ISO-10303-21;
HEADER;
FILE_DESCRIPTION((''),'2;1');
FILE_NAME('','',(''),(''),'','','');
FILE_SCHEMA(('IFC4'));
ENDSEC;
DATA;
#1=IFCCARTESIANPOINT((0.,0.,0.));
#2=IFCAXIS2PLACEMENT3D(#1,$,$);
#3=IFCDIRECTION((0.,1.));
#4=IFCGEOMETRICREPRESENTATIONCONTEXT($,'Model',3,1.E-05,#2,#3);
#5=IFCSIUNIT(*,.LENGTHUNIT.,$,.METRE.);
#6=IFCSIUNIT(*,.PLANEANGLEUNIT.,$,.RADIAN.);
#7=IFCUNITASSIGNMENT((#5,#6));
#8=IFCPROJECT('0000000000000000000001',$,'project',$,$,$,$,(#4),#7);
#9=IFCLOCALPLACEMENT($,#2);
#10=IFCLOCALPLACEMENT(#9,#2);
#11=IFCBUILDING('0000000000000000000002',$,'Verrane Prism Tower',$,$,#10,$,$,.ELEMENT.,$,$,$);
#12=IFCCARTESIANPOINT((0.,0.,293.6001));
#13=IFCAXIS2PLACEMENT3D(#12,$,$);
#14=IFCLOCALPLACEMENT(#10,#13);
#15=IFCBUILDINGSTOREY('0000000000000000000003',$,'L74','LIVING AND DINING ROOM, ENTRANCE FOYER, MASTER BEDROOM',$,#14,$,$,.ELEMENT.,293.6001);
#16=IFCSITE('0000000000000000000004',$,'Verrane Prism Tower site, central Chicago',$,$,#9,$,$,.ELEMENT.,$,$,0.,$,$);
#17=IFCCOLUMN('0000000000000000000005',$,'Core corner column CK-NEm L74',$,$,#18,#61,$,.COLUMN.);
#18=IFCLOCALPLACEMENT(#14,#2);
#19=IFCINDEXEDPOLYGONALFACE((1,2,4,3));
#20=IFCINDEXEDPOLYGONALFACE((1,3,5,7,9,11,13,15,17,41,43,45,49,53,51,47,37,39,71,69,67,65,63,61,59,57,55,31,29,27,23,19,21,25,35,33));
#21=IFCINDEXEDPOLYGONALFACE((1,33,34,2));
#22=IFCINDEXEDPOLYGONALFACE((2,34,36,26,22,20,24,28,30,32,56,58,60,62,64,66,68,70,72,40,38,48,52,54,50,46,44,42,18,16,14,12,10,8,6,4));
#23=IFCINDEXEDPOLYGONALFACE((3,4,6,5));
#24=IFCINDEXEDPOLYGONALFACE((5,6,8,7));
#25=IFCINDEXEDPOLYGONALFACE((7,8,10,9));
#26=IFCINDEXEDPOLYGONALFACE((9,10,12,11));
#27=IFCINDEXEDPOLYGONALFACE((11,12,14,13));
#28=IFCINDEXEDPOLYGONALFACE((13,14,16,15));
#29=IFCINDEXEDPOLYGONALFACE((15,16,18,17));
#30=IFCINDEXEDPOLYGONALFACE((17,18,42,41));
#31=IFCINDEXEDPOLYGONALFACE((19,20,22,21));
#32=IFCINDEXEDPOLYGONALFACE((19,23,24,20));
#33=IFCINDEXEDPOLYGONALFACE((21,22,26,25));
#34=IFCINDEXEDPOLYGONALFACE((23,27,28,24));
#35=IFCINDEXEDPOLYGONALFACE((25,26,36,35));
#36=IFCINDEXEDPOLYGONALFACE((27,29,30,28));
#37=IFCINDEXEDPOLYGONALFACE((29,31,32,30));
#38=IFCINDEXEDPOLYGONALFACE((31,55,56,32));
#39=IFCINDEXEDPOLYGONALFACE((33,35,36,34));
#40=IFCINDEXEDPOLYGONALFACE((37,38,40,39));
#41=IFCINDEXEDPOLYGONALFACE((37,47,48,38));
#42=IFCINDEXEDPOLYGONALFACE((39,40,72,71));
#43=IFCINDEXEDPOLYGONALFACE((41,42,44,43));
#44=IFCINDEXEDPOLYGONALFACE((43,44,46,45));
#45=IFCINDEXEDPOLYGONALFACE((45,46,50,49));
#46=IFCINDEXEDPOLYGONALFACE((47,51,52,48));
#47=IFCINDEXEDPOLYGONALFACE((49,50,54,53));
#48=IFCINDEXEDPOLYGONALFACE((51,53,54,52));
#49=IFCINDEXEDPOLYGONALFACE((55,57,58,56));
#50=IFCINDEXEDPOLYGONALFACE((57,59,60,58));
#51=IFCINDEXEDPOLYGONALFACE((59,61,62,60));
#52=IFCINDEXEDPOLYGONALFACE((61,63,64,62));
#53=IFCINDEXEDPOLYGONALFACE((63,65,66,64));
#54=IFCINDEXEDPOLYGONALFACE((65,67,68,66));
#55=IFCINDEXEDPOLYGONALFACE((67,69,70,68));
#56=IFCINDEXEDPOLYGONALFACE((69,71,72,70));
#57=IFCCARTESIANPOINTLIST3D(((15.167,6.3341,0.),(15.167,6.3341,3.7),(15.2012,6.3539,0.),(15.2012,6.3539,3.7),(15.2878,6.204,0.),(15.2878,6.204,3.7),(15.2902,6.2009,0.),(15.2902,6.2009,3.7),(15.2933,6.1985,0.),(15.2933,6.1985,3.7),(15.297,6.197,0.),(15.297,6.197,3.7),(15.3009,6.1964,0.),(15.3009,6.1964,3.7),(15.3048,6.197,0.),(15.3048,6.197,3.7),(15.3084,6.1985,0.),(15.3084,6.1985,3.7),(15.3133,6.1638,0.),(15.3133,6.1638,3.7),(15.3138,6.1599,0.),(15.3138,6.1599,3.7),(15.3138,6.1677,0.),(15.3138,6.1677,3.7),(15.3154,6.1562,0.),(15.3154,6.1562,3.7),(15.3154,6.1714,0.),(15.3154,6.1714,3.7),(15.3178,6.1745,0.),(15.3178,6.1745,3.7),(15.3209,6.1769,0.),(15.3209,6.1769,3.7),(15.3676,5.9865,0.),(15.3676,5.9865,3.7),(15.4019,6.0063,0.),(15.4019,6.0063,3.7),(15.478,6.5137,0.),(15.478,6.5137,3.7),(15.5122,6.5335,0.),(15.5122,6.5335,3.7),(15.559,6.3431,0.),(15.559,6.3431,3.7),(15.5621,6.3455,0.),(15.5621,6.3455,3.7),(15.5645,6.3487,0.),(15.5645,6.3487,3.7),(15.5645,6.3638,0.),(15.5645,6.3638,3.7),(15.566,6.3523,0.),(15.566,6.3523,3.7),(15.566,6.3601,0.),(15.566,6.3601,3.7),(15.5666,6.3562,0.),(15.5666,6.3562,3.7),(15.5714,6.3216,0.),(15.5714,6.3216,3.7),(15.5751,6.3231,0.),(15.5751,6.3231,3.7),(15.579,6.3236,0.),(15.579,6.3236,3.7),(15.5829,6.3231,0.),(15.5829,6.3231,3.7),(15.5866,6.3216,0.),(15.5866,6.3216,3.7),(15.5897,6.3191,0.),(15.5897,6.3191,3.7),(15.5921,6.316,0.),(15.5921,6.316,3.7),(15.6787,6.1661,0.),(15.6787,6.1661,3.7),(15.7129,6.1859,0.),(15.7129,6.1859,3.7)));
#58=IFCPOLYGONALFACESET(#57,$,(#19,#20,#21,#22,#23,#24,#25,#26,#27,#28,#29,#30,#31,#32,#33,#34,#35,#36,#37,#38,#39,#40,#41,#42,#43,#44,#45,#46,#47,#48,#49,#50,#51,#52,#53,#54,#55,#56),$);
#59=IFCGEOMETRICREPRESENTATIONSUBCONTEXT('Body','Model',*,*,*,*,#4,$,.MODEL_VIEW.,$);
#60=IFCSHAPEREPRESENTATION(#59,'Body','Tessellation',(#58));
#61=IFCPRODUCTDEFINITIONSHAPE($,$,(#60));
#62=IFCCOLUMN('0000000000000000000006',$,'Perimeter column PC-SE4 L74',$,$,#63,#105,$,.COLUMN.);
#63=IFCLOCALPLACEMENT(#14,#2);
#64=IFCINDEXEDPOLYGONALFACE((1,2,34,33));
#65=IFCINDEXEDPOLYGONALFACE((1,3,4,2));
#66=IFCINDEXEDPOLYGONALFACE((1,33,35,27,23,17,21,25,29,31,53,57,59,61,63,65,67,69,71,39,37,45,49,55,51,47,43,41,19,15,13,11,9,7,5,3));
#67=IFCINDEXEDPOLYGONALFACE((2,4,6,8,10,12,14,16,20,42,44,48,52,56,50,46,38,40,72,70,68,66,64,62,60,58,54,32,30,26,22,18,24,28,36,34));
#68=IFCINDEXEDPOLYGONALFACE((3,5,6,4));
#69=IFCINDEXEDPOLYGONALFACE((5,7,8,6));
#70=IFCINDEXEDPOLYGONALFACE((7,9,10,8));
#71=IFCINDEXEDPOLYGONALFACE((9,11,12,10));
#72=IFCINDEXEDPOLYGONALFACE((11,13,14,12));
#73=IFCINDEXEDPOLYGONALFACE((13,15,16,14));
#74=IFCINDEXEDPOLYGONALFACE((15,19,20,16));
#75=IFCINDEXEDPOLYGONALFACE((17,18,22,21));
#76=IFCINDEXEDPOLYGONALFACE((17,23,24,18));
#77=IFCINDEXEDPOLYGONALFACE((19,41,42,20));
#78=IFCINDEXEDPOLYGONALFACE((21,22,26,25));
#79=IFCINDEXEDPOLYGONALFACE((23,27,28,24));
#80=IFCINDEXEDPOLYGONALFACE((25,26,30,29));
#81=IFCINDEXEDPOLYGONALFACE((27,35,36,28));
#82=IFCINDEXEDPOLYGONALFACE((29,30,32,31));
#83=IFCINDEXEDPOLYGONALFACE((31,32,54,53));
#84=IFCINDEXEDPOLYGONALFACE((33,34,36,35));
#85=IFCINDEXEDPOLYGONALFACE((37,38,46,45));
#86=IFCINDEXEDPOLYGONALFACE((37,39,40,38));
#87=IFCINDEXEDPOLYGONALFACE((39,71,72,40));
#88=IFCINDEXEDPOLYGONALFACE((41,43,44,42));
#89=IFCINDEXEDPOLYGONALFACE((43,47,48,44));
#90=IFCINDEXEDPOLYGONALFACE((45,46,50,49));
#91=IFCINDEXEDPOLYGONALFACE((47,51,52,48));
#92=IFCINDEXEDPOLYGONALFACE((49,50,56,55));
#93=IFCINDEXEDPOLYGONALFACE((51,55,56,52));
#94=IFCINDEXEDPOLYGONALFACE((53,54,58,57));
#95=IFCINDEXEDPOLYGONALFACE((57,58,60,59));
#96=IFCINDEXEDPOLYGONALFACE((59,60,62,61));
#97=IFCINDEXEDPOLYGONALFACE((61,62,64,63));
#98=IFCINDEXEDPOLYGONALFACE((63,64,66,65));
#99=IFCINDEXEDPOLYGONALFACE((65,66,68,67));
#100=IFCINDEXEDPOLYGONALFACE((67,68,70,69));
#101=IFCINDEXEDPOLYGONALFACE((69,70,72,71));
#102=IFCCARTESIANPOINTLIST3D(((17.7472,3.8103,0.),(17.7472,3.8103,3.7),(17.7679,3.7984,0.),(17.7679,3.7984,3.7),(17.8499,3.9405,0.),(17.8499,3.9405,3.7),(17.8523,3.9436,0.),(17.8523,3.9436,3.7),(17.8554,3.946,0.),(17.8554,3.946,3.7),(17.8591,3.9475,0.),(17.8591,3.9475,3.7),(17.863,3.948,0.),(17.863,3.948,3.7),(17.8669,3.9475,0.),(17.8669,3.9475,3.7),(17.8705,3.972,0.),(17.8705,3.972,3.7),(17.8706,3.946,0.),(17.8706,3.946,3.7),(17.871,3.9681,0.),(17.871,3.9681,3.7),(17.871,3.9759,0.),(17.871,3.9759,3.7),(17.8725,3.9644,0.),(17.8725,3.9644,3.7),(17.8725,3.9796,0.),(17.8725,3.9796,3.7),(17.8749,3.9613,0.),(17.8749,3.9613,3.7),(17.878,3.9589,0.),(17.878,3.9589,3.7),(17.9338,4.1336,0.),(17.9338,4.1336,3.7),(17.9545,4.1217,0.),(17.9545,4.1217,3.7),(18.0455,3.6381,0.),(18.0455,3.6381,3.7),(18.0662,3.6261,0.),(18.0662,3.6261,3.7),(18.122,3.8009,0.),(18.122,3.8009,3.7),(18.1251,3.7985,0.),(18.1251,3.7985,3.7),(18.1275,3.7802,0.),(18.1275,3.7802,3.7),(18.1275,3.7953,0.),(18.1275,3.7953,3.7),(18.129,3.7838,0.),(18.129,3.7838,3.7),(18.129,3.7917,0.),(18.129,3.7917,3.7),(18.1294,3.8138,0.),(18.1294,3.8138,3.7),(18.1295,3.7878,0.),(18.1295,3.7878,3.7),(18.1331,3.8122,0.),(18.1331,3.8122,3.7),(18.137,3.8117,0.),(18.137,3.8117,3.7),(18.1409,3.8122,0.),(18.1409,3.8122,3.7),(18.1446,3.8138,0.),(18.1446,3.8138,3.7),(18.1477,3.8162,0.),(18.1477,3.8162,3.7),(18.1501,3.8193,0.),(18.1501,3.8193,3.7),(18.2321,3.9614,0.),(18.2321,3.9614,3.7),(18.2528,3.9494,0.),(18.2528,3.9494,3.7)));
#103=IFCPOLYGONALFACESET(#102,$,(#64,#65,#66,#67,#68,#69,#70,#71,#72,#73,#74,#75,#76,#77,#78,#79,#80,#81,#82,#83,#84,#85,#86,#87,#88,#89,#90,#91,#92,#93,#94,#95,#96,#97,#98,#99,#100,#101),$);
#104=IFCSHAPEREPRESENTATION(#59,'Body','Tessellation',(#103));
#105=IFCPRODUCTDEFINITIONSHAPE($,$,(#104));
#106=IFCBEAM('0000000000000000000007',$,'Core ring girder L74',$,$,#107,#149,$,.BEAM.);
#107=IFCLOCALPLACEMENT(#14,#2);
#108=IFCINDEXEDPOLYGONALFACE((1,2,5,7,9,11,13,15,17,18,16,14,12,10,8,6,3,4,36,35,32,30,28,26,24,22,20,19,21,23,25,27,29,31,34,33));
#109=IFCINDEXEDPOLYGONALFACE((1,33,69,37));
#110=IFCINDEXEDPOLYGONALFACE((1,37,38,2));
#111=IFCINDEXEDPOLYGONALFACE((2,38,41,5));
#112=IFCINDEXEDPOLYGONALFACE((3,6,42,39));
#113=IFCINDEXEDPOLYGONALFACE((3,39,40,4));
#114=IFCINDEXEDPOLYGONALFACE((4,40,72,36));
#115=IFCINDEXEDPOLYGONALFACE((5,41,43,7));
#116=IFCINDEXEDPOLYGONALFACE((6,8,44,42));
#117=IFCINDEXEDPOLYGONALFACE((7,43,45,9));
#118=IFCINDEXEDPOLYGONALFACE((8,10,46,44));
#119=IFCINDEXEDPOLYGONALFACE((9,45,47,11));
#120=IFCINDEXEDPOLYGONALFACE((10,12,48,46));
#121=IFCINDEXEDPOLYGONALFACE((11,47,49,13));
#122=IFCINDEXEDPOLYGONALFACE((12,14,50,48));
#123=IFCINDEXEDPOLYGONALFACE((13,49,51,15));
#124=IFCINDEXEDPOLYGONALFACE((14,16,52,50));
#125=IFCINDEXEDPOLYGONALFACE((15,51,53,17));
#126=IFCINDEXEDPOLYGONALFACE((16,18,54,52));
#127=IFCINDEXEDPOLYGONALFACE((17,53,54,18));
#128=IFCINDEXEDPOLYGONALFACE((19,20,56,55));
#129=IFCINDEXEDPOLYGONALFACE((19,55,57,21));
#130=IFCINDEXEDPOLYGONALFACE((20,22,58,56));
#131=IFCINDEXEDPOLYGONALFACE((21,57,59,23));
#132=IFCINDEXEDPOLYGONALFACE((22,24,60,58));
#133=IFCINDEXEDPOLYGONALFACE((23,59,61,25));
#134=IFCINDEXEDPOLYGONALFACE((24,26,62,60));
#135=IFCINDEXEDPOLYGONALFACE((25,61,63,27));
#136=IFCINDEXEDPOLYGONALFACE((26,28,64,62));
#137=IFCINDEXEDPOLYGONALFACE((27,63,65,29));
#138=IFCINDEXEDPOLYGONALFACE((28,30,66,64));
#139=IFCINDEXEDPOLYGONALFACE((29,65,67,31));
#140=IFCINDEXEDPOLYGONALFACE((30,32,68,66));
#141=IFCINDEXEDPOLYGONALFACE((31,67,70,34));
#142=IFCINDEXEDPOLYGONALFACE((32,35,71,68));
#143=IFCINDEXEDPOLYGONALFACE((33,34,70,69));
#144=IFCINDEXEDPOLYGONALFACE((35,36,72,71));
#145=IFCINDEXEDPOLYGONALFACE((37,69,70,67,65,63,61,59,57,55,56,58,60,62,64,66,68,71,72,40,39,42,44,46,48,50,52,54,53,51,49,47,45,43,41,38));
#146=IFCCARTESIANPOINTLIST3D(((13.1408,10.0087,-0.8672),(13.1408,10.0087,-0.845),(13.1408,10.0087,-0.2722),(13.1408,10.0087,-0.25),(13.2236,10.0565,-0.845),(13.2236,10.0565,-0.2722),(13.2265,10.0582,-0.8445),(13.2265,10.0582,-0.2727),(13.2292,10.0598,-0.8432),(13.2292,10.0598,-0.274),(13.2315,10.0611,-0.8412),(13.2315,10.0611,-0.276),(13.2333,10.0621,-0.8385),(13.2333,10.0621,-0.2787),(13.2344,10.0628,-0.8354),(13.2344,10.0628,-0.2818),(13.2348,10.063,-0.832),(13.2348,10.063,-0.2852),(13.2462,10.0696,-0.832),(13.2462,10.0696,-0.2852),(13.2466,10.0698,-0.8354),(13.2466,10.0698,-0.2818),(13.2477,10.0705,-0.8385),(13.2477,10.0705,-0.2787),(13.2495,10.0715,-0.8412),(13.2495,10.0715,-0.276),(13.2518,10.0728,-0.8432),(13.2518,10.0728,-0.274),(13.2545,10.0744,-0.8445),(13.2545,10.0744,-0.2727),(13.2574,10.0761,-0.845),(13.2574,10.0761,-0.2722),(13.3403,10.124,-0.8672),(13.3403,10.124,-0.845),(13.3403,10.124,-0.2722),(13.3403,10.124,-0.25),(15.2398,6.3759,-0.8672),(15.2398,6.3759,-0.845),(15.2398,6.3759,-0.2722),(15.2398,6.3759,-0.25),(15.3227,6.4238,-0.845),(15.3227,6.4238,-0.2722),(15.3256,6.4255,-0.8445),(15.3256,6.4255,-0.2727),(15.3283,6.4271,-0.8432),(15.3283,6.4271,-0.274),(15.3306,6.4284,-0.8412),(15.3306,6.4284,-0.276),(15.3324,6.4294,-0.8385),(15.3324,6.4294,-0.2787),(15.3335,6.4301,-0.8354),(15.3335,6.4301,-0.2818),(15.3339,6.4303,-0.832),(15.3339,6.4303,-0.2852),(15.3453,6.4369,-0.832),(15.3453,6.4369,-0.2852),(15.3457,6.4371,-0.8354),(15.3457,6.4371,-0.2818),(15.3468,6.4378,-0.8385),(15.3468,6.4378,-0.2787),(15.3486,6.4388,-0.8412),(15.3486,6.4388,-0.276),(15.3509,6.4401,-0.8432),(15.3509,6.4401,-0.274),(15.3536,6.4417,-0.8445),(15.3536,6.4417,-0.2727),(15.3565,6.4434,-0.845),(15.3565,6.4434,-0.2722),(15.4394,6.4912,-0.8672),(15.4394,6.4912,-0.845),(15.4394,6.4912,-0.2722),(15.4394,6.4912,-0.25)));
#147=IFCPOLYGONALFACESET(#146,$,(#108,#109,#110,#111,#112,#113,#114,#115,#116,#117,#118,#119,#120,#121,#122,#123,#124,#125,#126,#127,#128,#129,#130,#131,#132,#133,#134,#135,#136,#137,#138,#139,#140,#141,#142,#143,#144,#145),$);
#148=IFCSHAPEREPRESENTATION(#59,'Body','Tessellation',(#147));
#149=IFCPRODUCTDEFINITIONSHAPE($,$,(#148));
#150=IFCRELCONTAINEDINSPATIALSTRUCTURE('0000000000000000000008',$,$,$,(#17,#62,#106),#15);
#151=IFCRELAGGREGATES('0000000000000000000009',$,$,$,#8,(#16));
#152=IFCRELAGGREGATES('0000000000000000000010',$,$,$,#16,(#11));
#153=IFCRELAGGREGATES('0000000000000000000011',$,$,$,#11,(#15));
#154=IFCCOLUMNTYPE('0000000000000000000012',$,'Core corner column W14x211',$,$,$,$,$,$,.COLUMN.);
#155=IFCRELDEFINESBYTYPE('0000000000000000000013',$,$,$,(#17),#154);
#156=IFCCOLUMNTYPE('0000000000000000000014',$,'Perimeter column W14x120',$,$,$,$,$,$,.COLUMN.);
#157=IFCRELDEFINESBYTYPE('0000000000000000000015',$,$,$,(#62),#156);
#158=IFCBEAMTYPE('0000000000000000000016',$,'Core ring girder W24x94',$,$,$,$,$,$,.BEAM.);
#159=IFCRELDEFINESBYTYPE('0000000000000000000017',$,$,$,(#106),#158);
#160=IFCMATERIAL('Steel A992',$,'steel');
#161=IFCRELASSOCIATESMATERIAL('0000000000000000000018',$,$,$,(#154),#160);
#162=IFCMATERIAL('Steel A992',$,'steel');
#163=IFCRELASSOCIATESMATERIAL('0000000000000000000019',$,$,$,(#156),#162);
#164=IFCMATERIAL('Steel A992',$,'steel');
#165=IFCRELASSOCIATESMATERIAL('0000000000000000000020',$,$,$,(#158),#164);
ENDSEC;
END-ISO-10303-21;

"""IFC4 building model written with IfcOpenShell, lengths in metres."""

from ifc_helpers import new_model, si_unit, direction, frame, origin, origin_2d, place, context, subcontext, project, spatial, i_section, extrude, material, material_profile, profile_set, type_object, element, save


model = new_model("IFC4")

# Units and contexts
model_context = context("Model", 3, precision=1e-05, world=origin(), true_north=direction((0.0, 1.0)))
body_context = subcontext(model_context, "Body", "Model", "MODEL_VIEW")
ifc_project = project(units=[si_unit("LENGTHUNIT", "METRE"), si_unit("PLANEANGLEUNIT", "RADIAN")], contexts=[model_context])

# Site, building, storey
site_placement = place(None, origin())
site = spatial("IfcSite", under=ifc_project, at=site_placement, Name="Verrane Prism Tower site, central Chicago", CompositionType="ELEMENT", RefElevation=0.0)
building_placement = place(site_placement, origin())
building = spatial("IfcBuilding", under=site, at=building_placement, Name="Verrane Prism Tower", CompositionType="ELEMENT")
storey_placement = place(building_placement, frame((0.0, 0.0, 293.6001)))
storey = spatial("IfcBuildingStorey", under=building, at=storey_placement, Name="L74", Description="LIVING AND DINING ROOM, ENTRANCE FOYER, MASTER BEDROOM", CompositionType="ELEMENT", Elevation=293.6001)

# Columns
ifc_material_1 = material(Name="Steel A992", Category="steel")
ifc_material_profile_1 = material_profile(ifc_material_1, i_section(OverallWidth=0.4014, OverallDepth=0.3987, WebThickness=0.0249, FlangeThickness=0.0396, FilletRadius=0.0151, at=origin_2d()), Name="W14x211")
ifc_profile_set_1 = profile_set([ifc_material_profile_1], Name="Steel A992")
column_type_1 = type_object("IfcColumnType", Name="Core corner column W14x211", PredefinedType="COLUMN", material=ifc_profile_set_1)
column_1_placement = place(storey_placement, frame((15.4399, 6.26, 0.0), z_axis=(0.0, 0.0, 1.0), x_axis=(0.5, -0.866025, 0.0)))
element("IfcColumn", 1, at=column_1_placement, inside=storey, type_object=column_type_1, Name="Core corner column CK-NEm L74", PredefinedType="COLUMN", context=body_context, shape_type="SweptSolid", body=[
    extrude(i_section(OverallWidth=0.4014, OverallDepth=0.3987, WebThickness=0.0249, FlangeThickness=0.0396, FilletRadius=0.0151, at=origin_2d()), origin(), (0.0, 0.0, 1.0), 3.7),
])
ifc_material_2 = material(Name="Steel A992", Category="steel")
ifc_material_profile_2 = material_profile(ifc_material_2, i_section(OverallWidth=0.3733, OverallDepth=0.3684, WebThickness=0.0149, FlangeThickness=0.0239, FilletRadius=0.0151, at=origin_2d()), Name="W14x120")
ifc_profile_set_2 = profile_set([ifc_material_profile_2], Name="Steel A992")
column_type_2 = type_object("IfcColumnType", Name="Perimeter column W14x120", PredefinedType="COLUMN", material=ifc_profile_set_2)
column_2_placement = place(storey_placement, frame((18.0, 3.8799, 0.0), z_axis=(0.0, 0.0, 1.0), x_axis=(-0.5, -0.866025, 0.0)))
element("IfcColumn", 2, at=column_2_placement, inside=storey, type_object=column_type_2, Name="Perimeter column PC-SE4 L74", PredefinedType="COLUMN", context=body_context, shape_type="SweptSolid", body=[
    extrude(i_section(OverallWidth=0.3733, OverallDepth=0.3684, WebThickness=0.0149, FlangeThickness=0.0239, FilletRadius=0.0151, at=origin_2d()), origin(), (0.0, 0.0, 1.0), 3.7),
])

# Beam
ifc_material_3 = material(Name="Steel A992", Category="steel")
ifc_material_profile_3 = material_profile(ifc_material_3, i_section(OverallWidth=0.2305, OverallDepth=0.6172, WebThickness=0.0132, FlangeThickness=0.0222, FilletRadius=0.0129, at=origin_2d()), Name="W24x94")
ifc_profile_set_3 = profile_set([ifc_material_profile_3], Name="Steel A992")
beam_type_1 = type_object("IfcBeamType", Name="Core ring girder W24x94", PredefinedType="BEAM", material=ifc_profile_set_3)
beam_1_placement = place(storey_placement, frame((15.3396, 6.4336, -0.5586), z_axis=(-0.500307, 0.865848, 0.0), x_axis=(-0.865848, -0.500307, 0.0)))
element("IfcBeam", 3, at=beam_1_placement, inside=storey, type_object=beam_type_1, Name="Core ring girder L74", PredefinedType="BEAM", context=body_context, shape_type="SweptSolid", body=[
    extrude(i_section(OverallWidth=0.2305, OverallDepth=0.6172, WebThickness=0.0132, FlangeThickness=0.0222, FilletRadius=0.0129, at=origin_2d()), origin(), (0.0, 0.0, 1.0), 4.1956),
])

save(model, "model.ifc")
